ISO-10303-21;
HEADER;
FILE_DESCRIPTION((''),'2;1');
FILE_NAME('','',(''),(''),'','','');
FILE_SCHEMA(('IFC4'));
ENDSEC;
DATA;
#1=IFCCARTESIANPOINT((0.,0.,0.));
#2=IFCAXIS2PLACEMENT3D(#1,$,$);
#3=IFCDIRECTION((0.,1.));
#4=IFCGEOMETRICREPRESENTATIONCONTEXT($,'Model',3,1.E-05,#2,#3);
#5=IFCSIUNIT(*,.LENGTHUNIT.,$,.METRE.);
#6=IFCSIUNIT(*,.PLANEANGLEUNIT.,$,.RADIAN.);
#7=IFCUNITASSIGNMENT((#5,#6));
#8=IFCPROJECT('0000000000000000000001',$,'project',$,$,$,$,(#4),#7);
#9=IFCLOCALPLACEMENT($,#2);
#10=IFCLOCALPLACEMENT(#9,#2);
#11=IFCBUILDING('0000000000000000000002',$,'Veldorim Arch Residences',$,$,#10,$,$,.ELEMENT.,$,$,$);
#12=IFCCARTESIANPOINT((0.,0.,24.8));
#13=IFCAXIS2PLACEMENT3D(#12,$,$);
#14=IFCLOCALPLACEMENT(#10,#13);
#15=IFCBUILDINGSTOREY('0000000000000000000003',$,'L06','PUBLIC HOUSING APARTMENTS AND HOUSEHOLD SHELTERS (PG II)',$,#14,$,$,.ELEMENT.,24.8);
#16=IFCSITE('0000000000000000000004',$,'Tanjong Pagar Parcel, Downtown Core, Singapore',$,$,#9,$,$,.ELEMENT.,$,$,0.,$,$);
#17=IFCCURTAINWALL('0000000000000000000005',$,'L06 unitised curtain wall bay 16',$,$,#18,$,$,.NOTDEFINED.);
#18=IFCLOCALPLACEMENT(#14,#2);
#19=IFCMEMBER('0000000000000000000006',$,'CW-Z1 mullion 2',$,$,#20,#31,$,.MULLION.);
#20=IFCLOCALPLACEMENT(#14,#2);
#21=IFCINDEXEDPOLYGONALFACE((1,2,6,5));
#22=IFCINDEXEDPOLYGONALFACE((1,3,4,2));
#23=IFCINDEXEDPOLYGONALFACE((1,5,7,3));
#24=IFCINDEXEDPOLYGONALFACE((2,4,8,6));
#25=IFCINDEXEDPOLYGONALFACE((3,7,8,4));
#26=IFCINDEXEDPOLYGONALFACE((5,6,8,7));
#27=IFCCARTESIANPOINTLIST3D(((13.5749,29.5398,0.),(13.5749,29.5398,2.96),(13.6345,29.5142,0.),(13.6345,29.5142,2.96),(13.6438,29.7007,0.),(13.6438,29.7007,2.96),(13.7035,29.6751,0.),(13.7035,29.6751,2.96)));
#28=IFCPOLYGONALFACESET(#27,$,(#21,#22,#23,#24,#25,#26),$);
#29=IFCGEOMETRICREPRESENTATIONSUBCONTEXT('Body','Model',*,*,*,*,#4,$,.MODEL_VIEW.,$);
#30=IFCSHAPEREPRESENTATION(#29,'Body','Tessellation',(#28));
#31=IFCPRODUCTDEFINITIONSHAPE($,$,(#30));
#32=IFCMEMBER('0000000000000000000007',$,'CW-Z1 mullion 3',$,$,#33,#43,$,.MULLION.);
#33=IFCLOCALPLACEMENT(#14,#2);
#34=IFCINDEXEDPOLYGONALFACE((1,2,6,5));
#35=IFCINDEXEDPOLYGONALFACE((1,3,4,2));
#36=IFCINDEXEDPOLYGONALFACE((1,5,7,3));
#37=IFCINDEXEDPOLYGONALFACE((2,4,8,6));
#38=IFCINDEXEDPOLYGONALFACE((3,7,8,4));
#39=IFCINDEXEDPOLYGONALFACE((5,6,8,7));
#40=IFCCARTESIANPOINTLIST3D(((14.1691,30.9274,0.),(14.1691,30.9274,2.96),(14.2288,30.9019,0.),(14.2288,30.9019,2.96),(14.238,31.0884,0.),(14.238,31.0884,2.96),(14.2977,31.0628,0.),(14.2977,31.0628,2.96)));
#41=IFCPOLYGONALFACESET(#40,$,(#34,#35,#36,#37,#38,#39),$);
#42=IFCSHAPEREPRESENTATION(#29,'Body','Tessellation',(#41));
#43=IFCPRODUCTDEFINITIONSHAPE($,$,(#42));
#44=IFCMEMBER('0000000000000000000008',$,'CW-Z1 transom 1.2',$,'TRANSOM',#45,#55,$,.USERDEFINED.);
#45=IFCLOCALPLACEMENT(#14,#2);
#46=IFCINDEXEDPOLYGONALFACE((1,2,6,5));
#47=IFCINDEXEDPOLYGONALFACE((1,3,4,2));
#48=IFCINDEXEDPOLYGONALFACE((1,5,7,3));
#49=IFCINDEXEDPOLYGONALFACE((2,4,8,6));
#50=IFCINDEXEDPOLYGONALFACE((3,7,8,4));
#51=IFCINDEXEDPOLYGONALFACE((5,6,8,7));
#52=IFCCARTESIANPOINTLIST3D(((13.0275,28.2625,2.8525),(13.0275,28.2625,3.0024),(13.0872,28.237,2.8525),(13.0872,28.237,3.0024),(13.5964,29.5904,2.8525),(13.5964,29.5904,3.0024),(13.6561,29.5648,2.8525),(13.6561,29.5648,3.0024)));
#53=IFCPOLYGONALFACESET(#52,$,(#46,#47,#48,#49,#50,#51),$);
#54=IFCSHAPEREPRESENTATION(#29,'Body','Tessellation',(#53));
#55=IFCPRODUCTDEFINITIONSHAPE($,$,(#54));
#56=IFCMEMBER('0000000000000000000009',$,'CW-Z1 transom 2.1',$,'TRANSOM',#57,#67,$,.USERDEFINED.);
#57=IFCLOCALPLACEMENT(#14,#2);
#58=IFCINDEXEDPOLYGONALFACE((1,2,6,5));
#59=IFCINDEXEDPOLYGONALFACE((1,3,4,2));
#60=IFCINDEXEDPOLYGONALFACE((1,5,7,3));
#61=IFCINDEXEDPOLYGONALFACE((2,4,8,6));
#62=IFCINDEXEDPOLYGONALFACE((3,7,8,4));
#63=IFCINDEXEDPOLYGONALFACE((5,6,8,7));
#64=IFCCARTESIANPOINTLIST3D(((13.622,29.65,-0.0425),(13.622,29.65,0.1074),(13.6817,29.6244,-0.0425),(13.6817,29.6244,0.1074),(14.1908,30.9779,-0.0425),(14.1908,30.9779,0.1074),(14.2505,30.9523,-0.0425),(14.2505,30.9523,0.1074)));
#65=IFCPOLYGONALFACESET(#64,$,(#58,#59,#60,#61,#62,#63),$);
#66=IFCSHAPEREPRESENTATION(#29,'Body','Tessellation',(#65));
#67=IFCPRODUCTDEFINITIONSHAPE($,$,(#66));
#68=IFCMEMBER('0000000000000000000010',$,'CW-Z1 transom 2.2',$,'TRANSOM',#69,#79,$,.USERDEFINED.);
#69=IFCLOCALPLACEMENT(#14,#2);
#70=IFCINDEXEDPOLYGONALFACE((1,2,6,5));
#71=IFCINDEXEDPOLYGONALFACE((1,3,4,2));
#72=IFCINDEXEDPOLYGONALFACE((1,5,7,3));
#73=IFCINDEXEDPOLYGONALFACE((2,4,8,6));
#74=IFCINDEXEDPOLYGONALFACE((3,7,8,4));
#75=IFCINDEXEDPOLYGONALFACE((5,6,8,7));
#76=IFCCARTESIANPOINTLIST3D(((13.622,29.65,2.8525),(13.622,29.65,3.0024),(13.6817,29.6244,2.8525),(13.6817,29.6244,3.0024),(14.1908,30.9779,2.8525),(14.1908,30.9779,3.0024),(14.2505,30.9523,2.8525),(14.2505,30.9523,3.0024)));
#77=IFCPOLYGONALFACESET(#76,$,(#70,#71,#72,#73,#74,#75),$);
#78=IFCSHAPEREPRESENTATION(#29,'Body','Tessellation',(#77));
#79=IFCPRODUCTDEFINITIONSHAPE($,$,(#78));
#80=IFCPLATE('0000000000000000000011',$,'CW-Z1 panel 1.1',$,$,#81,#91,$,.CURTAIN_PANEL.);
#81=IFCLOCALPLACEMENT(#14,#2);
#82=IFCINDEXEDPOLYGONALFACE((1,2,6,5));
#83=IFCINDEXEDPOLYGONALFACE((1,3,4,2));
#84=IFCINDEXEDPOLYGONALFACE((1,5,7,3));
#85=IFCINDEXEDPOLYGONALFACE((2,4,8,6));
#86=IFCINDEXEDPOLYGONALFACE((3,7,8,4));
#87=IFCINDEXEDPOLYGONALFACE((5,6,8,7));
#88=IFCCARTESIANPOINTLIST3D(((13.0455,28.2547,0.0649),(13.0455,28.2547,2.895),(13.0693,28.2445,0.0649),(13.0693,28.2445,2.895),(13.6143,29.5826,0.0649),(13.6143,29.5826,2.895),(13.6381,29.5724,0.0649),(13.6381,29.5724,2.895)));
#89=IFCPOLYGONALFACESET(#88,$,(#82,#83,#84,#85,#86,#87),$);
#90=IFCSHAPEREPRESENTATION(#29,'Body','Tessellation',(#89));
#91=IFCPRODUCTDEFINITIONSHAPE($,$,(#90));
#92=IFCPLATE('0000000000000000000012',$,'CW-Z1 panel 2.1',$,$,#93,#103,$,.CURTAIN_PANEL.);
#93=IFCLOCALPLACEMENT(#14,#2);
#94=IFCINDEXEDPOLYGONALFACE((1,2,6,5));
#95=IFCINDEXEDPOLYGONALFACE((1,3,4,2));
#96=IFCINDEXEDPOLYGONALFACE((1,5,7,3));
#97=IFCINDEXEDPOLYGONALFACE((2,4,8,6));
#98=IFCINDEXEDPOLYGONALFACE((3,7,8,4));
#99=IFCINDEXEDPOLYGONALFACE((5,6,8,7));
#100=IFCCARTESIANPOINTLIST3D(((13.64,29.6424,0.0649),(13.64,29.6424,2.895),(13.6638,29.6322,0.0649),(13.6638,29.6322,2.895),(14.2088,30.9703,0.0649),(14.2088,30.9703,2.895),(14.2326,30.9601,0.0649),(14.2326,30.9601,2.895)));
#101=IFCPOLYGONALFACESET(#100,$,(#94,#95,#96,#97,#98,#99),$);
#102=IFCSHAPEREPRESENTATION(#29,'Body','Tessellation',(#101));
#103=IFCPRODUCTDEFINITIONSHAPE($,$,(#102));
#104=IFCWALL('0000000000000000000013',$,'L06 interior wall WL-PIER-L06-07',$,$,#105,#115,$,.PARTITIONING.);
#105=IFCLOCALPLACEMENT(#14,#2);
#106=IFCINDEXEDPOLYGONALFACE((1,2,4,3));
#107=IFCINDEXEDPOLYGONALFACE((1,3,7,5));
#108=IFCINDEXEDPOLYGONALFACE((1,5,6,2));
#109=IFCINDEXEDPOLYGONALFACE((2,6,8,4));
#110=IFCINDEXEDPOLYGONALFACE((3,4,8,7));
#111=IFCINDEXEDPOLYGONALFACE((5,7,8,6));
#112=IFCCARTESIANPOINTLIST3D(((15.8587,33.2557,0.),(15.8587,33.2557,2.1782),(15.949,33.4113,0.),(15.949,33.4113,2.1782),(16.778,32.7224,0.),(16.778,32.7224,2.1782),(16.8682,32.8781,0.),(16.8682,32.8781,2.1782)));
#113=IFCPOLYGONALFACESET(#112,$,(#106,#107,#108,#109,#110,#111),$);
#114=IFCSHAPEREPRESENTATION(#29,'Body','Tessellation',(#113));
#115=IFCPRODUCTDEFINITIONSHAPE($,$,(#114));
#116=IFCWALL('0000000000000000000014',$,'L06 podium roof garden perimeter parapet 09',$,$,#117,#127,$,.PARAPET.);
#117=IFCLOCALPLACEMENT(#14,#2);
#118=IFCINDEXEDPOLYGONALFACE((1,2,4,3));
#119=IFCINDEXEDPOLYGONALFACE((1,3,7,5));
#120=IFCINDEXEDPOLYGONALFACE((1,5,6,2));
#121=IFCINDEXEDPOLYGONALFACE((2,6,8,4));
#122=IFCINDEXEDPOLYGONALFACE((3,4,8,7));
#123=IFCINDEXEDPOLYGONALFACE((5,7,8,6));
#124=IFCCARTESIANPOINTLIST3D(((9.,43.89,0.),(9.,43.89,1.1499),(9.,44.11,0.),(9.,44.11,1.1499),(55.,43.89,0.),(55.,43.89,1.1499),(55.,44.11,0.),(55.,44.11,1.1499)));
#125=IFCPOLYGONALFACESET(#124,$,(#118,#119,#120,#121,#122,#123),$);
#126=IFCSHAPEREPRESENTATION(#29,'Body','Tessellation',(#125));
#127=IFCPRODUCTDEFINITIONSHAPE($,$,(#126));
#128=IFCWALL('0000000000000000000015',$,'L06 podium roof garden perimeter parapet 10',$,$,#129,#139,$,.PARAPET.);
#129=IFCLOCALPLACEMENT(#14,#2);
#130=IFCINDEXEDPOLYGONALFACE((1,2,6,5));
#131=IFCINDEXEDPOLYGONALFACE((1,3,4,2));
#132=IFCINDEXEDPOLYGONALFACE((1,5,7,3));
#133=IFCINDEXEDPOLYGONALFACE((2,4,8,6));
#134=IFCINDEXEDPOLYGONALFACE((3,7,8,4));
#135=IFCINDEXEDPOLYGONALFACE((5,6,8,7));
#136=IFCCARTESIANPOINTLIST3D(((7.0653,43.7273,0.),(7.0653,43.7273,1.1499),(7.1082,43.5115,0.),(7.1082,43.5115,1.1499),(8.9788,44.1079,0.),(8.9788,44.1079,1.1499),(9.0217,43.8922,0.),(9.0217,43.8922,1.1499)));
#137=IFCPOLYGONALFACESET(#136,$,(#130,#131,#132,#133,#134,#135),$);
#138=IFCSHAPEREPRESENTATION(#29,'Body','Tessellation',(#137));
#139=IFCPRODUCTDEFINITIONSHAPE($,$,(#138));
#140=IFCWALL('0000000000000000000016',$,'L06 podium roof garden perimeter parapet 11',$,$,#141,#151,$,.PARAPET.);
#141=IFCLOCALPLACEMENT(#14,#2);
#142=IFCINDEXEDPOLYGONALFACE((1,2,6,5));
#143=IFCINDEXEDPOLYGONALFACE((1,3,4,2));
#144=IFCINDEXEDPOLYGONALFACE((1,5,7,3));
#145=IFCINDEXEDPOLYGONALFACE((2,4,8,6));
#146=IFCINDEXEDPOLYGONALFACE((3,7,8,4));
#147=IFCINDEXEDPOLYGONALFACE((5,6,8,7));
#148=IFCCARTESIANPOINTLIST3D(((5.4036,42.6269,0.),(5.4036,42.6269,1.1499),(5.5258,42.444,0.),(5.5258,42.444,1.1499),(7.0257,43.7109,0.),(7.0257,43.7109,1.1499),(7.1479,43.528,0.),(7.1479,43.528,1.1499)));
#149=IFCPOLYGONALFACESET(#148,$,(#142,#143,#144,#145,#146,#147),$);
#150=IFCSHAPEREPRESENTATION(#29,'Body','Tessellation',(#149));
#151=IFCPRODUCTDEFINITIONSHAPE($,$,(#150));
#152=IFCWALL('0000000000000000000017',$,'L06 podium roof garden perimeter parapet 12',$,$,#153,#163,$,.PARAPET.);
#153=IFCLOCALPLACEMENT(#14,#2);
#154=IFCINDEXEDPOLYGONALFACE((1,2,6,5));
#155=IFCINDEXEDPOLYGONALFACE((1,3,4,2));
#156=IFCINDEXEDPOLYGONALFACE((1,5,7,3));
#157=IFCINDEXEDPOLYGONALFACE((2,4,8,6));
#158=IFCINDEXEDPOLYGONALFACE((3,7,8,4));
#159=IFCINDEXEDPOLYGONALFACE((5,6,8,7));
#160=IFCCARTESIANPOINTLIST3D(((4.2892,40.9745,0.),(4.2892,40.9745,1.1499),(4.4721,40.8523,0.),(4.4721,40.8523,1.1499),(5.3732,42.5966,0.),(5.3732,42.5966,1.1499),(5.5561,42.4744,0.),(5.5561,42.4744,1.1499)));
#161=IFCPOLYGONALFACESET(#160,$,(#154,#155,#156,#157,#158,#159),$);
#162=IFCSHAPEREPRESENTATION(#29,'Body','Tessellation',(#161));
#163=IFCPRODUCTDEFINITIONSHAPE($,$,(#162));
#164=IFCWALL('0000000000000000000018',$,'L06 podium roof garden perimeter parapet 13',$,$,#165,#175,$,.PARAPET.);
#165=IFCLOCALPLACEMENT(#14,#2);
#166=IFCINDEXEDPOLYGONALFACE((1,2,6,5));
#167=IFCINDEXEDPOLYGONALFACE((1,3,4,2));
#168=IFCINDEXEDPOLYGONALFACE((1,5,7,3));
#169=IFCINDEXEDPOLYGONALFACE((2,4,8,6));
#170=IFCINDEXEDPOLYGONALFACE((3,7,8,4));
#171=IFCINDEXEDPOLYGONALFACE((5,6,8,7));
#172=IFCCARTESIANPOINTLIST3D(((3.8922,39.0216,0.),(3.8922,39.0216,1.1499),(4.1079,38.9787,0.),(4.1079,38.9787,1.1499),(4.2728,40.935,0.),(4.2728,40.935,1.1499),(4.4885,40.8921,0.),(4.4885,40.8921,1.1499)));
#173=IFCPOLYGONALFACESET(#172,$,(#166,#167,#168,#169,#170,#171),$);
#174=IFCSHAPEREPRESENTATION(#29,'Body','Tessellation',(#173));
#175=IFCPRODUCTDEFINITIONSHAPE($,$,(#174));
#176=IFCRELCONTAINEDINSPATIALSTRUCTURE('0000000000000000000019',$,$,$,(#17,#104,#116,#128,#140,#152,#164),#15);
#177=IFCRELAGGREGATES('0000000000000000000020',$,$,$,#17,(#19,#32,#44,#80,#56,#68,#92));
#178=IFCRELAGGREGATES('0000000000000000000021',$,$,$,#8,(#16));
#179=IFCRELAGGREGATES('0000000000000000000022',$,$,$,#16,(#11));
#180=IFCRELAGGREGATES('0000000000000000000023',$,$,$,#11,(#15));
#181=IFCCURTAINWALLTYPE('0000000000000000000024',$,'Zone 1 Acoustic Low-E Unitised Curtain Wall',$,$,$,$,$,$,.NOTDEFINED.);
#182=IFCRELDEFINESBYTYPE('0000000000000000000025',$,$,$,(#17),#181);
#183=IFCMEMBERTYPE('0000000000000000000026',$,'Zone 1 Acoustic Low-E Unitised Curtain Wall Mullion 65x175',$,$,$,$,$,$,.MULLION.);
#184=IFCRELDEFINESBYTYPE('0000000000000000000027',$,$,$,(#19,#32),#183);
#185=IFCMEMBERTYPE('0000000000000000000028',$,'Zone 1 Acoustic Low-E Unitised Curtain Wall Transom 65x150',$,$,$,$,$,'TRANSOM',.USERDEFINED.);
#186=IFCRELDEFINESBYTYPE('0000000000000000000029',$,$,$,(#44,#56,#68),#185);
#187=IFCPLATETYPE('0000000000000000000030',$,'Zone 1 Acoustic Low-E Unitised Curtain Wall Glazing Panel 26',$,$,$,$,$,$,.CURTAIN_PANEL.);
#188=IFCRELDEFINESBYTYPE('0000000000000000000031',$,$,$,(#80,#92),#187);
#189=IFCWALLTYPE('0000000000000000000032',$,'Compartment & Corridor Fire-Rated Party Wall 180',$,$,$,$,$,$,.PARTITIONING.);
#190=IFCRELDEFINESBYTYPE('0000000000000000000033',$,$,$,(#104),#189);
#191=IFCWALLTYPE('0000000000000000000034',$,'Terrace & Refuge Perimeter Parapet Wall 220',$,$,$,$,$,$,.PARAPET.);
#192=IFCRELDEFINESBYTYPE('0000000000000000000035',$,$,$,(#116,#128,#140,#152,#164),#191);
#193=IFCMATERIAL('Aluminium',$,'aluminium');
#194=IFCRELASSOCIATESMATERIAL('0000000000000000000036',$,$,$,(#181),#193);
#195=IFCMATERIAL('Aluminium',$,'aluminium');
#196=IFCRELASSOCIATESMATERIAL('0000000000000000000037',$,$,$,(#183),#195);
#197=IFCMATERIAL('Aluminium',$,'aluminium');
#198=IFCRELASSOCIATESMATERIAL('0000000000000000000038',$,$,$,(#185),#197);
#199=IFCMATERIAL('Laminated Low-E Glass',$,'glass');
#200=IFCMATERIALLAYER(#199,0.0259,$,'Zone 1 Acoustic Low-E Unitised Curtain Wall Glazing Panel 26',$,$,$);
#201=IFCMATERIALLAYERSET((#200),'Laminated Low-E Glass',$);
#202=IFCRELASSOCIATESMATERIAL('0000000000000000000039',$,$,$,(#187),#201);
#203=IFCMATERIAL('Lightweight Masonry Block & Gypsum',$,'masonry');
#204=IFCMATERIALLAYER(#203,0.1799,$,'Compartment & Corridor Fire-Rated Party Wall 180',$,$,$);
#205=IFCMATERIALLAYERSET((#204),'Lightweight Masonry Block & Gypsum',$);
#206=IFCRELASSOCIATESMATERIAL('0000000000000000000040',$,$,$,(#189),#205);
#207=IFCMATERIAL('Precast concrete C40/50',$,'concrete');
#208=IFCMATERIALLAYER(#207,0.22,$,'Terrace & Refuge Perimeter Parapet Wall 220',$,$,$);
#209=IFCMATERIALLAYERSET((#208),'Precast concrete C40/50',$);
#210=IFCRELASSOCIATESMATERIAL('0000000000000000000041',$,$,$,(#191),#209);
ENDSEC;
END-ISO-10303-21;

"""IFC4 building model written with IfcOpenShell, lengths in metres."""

from ifc_helpers import new_model, si_unit, direction, frame, frame_2d, origin, origin_2d, place, context, subcontext, project, spatial, rectangle, extrude, material, layer, layer_set, material_profile, profile_set, type_object, element, aggregate, save


model = new_model("IFC4")

# Units and contexts
model_context = context("Model", 3, precision=1e-05, world=origin(), true_north=direction((0.0, 1.0)))
body_context = subcontext(model_context, "Body", "Model", "MODEL_VIEW")
ifc_project = project(units=[si_unit("LENGTHUNIT", "METRE"), si_unit("PLANEANGLEUNIT", "RADIAN")], contexts=[model_context])

# Site, building, storey
site_placement = place(None, origin())
site = spatial("IfcSite", under=ifc_project, at=site_placement, Name="Tanjong Pagar Parcel, Downtown Core, Singapore", CompositionType="ELEMENT", RefElevation=0.0)
building_placement = place(site_placement, origin())
building = spatial("IfcBuilding", under=site, at=building_placement, Name="Veldorim Arch Residences", CompositionType="ELEMENT")
storey_placement = place(building_placement, frame((0.0, 0.0, 24.8)))
storey = spatial("IfcBuildingStorey", under=building, at=storey_placement, Name="L06", Description="PUBLIC HOUSING APARTMENTS AND HOUSEHOLD SHELTERS (PG II)", CompositionType="ELEMENT", Elevation=24.8)

# Curtain wall, members, plates
ifc_material_1 = material(Name="Aluminium", Category="aluminium")
curtain_wall_type = type_object("IfcCurtainWallType", Name="Zone 1 Acoustic Low-E Unitised Curtain Wall", PredefinedType="NOTDEFINED", material=ifc_material_1)
curtain_wall_placement = place(storey_placement, origin())
curtain_wall = element("IfcCurtainWall", 1, at=curtain_wall_placement, inside=storey, type_object=curtain_wall_type, Name="L06 unitised curtain wall bay 16", PredefinedType="NOTDEFINED")
ifc_material_2 = material(Name="Aluminium", Category="aluminium")
ifc_material_profile_1 = material_profile(ifc_material_2, rectangle(XDim=0.0649, YDim=0.175, at=origin_2d()), Name="ALU_MUL_65x175")
ifc_profile_set_1 = profile_set([ifc_material_profile_1], Name="Aluminium")
member_type_1 = type_object("IfcMemberType", Name="Zone 1 Acoustic Low-E Unitised Curtain Wall Mullion 65x175", PredefinedType="MULLION", material=ifc_profile_set_1)
member_1_placement = place(storey_placement, frame((13.6392, 29.6074, 0.0), z_axis=(0.0, 0.0, 1.0), x_axis=(-0.919222, 0.393739, 0.0)))
member_1 = element("IfcMember", 2, at=member_1_placement, type_object=member_type_1, Name="CW-Z1 mullion 2", PredefinedType="MULLION", context=body_context, shape_type="SweptSolid", body=[
    extrude(rectangle(XDim=0.0649, YDim=0.175, at=origin_2d()), origin(), (0.0, 0.0, 1.0), 2.96),
])
member_2_placement = place(storey_placement, frame((14.2334, 30.9951, 0.0), z_axis=(0.0, 0.0, 1.0), x_axis=(-0.919222, 0.393739, 0.0)))
member_2 = element("IfcMember", 3, at=member_2_placement, type_object=member_type_1, Name="CW-Z1 mullion 3", PredefinedType="MULLION", context=body_context, shape_type="SweptSolid", body=[
    extrude(rectangle(XDim=0.0649, YDim=0.175, at=origin_2d()), origin(), (0.0, 0.0, 1.0), 2.96),
])
ifc_material_3 = material(Name="Aluminium", Category="aluminium")
ifc_material_profile_2 = material_profile(ifc_material_3, rectangle(XDim=0.0649, YDim=0.1499, at=origin_2d()), Name="ALU_TRN_65x150")
ifc_profile_set_2 = profile_set([ifc_material_profile_2], Name="Aluminium")
member_type_2 = type_object("IfcMemberType", Name="Zone 1 Acoustic Low-E Unitised Curtain Wall Transom 65x150", ElementType="TRANSOM", PredefinedType="USERDEFINED", material=ifc_profile_set_2)
member_3_placement = place(storey_placement, frame((13.0574, 28.2498, 2.9275), z_axis=(0.393777, 0.919206, 0.0), x_axis=(-0.919206, 0.393777, 0.0)))
member_3 = element("IfcMember", 4, at=member_3_placement, type_object=member_type_2, Name="CW-Z1 transom 1.2", ObjectType="TRANSOM", PredefinedType="USERDEFINED", context=body_context, shape_type="SweptSolid", body=[
    extrude(rectangle(XDim=0.0649, YDim=0.1499, at=origin_2d()), origin(), (0.0, 0.0, 1.0), 1.4446),
])
member_4_placement = place(storey_placement, frame((13.6519, 29.6372, 0.0325), z_axis=(0.393777, 0.919206, 0.0), x_axis=(-0.919206, 0.393777, 0.0)))
member_4 = element("IfcMember", 5, at=member_4_placement, type_object=member_type_2, Name="CW-Z1 transom 2.1", ObjectType="TRANSOM", PredefinedType="USERDEFINED", context=body_context, shape_type="SweptSolid", body=[
    extrude(rectangle(XDim=0.0649, YDim=0.1499, at=origin_2d()), origin(), (0.0, 0.0, 1.0), 1.4446),
])
member_5_placement = place(storey_placement, frame((13.6519, 29.6372, 2.9275), z_axis=(0.393777, 0.919206, 0.0), x_axis=(-0.919206, 0.393777, 0.0)))
member_5 = element("IfcMember", 6, at=member_5_placement, type_object=member_type_2, Name="CW-Z1 transom 2.2", ObjectType="TRANSOM", PredefinedType="USERDEFINED", context=body_context, shape_type="SweptSolid", body=[
    extrude(rectangle(XDim=0.0649, YDim=0.1499, at=origin_2d()), origin(), (0.0, 0.0, 1.0), 1.4446),
])
ifc_material_4 = material(Name="Laminated Low-E Glass", Category="glass")
ifc_layer_1 = layer(ifc_material_4, 0.0259, Name="Zone 1 Acoustic Low-E Unitised Curtain Wall Glazing Panel 26")
ifc_layer_set_1 = layer_set([ifc_layer_1], Name="Laminated Low-E Glass")
plate_type = type_object("IfcPlateType", Name="Zone 1 Acoustic Low-E Unitised Curtain Wall Glazing Panel 26", PredefinedType="CURTAIN_PANEL", material=ifc_layer_set_1)
plate_1_placement = place(storey_placement, frame((13.3418, 28.9136, 0.0649), z_axis=(0.0, 0.0, 1.0), x_axis=(0.393739, 0.919222, 0.0)))
plate_1 = element("IfcPlate", 7, at=plate_1_placement, type_object=plate_type, Name="CW-Z1 panel 1.1", PredefinedType="CURTAIN_PANEL", context=body_context, shape_type="SweptSolid", body=[
    extrude(rectangle(XDim=1.4446, YDim=0.0259, at=origin_2d()), origin(), (0.0, 0.0, 1.0), 2.8301),
])
plate_2_placement = place(storey_placement, frame((13.9363, 30.3013, 0.0649), z_axis=(0.0, 0.0, 1.0), x_axis=(0.393739, 0.919222, 0.0)))
plate_2 = element("IfcPlate", 8, at=plate_2_placement, type_object=plate_type, Name="CW-Z1 panel 2.1", PredefinedType="CURTAIN_PANEL", context=body_context, shape_type="SweptSolid", body=[
    extrude(rectangle(XDim=1.4446, YDim=0.0259, at=origin_2d()), origin(), (0.0, 0.0, 1.0), 2.8301),
])
aggregate(curtain_wall, [member_1, member_2, member_3, plate_1, member_4, member_5, plate_2])

# Walls
ifc_material_5 = material(Name="Lightweight Masonry Block & Gypsum", Category="masonry")
ifc_layer_2 = layer(ifc_material_5, 0.1799, Name="Compartment & Corridor Fire-Rated Party Wall 180")
ifc_layer_set_2 = layer_set([ifc_layer_2], Name="Lightweight Masonry Block & Gypsum")
wall_type_1 = type_object("IfcWallType", Name="Compartment & Corridor Fire-Rated Party Wall 180", PredefinedType="PARTITIONING", material=ifc_layer_set_2)
wall_1_placement = place(storey_placement, frame((16.823, 32.8003, 0.0), z_axis=(0.0, 0.0, 1.0), x_axis=(-0.865001, 0.50177, 0.0)))
element("IfcWall", 9, at=wall_1_placement, inside=storey, type_object=wall_type_1, Name="L06 interior wall WL-PIER-L06-07", PredefinedType="PARTITIONING", context=body_context, shape_type="SweptSolid", body=[
    extrude(rectangle(XDim=1.0627, YDim=0.1799, at=frame_2d((0.5312, 0.0))), origin(), (0.0, 0.0, 1.0), 2.1782),
])
ifc_material_6 = material(Name="Precast concrete C40/50", Category="concrete")
ifc_layer_3 = layer(ifc_material_6, 0.22, Name="Terrace & Refuge Perimeter Parapet Wall 220")
ifc_layer_set_3 = layer_set([ifc_layer_3], Name="Precast concrete C40/50")
wall_type_2 = type_object("IfcWallType", Name="Terrace & Refuge Perimeter Parapet Wall 220", PredefinedType="PARAPET", material=ifc_layer_set_3)
wall_2_placement = place(storey_placement, frame((9.0, 44.0, 0.0), z_axis=(0.0, 0.0, 1.0), x_axis=(1.0, 0.0, 0.0)))
element("IfcWall", 10, at=wall_2_placement, inside=storey, type_object=wall_type_2, Name="L06 podium roof garden perimeter parapet 09", PredefinedType="PARAPET", context=body_context, shape_type="SweptSolid", body=[
    extrude(rectangle(XDim=46.0, YDim=0.22, at=frame_2d((23.0, 0.0))), origin(), (0.0, 0.0, 1.0), 1.1499),
])
for number, where, z_axis, x_axis, name in (
    (11, (7.0867, 43.6194, 0.0), (0.0, 0.0, 1.0), (0.980782, 0.195105, 0.0), "L06 podium roof garden perimeter parapet 10"),
    (12, (5.4646, 42.5354, 0.0), (0.0, 0.0, 1.0), (0.831434, 0.555624, 0.0), "L06 podium roof garden perimeter parapet 11"),
    (13, (4.3806, 40.9133, 0.0), (0.0, 0.0, 1.0), (0.555624, 0.831434, 0.0), "L06 podium roof garden perimeter parapet 12"),
    (14, (4.0, 39.0, 0.0), (0.0, 0.0, 1.0), (0.195105, 0.980782, 0.0), "L06 podium roof garden perimeter parapet 13"),
):
    element("IfcWall", number, at=place(storey_placement, frame(where, z_axis=z_axis, x_axis=x_axis)), inside=storey, type_object=wall_type_2, Name=name, PredefinedType="PARAPET", context=body_context, shape_type="SweptSolid", body=[
        extrude(rectangle(XDim=1.9509, YDim=0.22, at=frame_2d((0.9756, 0.0))), origin(), (0.0, 0.0, 1.0), 1.1499),
    ])

save(model, "model.ifc")
